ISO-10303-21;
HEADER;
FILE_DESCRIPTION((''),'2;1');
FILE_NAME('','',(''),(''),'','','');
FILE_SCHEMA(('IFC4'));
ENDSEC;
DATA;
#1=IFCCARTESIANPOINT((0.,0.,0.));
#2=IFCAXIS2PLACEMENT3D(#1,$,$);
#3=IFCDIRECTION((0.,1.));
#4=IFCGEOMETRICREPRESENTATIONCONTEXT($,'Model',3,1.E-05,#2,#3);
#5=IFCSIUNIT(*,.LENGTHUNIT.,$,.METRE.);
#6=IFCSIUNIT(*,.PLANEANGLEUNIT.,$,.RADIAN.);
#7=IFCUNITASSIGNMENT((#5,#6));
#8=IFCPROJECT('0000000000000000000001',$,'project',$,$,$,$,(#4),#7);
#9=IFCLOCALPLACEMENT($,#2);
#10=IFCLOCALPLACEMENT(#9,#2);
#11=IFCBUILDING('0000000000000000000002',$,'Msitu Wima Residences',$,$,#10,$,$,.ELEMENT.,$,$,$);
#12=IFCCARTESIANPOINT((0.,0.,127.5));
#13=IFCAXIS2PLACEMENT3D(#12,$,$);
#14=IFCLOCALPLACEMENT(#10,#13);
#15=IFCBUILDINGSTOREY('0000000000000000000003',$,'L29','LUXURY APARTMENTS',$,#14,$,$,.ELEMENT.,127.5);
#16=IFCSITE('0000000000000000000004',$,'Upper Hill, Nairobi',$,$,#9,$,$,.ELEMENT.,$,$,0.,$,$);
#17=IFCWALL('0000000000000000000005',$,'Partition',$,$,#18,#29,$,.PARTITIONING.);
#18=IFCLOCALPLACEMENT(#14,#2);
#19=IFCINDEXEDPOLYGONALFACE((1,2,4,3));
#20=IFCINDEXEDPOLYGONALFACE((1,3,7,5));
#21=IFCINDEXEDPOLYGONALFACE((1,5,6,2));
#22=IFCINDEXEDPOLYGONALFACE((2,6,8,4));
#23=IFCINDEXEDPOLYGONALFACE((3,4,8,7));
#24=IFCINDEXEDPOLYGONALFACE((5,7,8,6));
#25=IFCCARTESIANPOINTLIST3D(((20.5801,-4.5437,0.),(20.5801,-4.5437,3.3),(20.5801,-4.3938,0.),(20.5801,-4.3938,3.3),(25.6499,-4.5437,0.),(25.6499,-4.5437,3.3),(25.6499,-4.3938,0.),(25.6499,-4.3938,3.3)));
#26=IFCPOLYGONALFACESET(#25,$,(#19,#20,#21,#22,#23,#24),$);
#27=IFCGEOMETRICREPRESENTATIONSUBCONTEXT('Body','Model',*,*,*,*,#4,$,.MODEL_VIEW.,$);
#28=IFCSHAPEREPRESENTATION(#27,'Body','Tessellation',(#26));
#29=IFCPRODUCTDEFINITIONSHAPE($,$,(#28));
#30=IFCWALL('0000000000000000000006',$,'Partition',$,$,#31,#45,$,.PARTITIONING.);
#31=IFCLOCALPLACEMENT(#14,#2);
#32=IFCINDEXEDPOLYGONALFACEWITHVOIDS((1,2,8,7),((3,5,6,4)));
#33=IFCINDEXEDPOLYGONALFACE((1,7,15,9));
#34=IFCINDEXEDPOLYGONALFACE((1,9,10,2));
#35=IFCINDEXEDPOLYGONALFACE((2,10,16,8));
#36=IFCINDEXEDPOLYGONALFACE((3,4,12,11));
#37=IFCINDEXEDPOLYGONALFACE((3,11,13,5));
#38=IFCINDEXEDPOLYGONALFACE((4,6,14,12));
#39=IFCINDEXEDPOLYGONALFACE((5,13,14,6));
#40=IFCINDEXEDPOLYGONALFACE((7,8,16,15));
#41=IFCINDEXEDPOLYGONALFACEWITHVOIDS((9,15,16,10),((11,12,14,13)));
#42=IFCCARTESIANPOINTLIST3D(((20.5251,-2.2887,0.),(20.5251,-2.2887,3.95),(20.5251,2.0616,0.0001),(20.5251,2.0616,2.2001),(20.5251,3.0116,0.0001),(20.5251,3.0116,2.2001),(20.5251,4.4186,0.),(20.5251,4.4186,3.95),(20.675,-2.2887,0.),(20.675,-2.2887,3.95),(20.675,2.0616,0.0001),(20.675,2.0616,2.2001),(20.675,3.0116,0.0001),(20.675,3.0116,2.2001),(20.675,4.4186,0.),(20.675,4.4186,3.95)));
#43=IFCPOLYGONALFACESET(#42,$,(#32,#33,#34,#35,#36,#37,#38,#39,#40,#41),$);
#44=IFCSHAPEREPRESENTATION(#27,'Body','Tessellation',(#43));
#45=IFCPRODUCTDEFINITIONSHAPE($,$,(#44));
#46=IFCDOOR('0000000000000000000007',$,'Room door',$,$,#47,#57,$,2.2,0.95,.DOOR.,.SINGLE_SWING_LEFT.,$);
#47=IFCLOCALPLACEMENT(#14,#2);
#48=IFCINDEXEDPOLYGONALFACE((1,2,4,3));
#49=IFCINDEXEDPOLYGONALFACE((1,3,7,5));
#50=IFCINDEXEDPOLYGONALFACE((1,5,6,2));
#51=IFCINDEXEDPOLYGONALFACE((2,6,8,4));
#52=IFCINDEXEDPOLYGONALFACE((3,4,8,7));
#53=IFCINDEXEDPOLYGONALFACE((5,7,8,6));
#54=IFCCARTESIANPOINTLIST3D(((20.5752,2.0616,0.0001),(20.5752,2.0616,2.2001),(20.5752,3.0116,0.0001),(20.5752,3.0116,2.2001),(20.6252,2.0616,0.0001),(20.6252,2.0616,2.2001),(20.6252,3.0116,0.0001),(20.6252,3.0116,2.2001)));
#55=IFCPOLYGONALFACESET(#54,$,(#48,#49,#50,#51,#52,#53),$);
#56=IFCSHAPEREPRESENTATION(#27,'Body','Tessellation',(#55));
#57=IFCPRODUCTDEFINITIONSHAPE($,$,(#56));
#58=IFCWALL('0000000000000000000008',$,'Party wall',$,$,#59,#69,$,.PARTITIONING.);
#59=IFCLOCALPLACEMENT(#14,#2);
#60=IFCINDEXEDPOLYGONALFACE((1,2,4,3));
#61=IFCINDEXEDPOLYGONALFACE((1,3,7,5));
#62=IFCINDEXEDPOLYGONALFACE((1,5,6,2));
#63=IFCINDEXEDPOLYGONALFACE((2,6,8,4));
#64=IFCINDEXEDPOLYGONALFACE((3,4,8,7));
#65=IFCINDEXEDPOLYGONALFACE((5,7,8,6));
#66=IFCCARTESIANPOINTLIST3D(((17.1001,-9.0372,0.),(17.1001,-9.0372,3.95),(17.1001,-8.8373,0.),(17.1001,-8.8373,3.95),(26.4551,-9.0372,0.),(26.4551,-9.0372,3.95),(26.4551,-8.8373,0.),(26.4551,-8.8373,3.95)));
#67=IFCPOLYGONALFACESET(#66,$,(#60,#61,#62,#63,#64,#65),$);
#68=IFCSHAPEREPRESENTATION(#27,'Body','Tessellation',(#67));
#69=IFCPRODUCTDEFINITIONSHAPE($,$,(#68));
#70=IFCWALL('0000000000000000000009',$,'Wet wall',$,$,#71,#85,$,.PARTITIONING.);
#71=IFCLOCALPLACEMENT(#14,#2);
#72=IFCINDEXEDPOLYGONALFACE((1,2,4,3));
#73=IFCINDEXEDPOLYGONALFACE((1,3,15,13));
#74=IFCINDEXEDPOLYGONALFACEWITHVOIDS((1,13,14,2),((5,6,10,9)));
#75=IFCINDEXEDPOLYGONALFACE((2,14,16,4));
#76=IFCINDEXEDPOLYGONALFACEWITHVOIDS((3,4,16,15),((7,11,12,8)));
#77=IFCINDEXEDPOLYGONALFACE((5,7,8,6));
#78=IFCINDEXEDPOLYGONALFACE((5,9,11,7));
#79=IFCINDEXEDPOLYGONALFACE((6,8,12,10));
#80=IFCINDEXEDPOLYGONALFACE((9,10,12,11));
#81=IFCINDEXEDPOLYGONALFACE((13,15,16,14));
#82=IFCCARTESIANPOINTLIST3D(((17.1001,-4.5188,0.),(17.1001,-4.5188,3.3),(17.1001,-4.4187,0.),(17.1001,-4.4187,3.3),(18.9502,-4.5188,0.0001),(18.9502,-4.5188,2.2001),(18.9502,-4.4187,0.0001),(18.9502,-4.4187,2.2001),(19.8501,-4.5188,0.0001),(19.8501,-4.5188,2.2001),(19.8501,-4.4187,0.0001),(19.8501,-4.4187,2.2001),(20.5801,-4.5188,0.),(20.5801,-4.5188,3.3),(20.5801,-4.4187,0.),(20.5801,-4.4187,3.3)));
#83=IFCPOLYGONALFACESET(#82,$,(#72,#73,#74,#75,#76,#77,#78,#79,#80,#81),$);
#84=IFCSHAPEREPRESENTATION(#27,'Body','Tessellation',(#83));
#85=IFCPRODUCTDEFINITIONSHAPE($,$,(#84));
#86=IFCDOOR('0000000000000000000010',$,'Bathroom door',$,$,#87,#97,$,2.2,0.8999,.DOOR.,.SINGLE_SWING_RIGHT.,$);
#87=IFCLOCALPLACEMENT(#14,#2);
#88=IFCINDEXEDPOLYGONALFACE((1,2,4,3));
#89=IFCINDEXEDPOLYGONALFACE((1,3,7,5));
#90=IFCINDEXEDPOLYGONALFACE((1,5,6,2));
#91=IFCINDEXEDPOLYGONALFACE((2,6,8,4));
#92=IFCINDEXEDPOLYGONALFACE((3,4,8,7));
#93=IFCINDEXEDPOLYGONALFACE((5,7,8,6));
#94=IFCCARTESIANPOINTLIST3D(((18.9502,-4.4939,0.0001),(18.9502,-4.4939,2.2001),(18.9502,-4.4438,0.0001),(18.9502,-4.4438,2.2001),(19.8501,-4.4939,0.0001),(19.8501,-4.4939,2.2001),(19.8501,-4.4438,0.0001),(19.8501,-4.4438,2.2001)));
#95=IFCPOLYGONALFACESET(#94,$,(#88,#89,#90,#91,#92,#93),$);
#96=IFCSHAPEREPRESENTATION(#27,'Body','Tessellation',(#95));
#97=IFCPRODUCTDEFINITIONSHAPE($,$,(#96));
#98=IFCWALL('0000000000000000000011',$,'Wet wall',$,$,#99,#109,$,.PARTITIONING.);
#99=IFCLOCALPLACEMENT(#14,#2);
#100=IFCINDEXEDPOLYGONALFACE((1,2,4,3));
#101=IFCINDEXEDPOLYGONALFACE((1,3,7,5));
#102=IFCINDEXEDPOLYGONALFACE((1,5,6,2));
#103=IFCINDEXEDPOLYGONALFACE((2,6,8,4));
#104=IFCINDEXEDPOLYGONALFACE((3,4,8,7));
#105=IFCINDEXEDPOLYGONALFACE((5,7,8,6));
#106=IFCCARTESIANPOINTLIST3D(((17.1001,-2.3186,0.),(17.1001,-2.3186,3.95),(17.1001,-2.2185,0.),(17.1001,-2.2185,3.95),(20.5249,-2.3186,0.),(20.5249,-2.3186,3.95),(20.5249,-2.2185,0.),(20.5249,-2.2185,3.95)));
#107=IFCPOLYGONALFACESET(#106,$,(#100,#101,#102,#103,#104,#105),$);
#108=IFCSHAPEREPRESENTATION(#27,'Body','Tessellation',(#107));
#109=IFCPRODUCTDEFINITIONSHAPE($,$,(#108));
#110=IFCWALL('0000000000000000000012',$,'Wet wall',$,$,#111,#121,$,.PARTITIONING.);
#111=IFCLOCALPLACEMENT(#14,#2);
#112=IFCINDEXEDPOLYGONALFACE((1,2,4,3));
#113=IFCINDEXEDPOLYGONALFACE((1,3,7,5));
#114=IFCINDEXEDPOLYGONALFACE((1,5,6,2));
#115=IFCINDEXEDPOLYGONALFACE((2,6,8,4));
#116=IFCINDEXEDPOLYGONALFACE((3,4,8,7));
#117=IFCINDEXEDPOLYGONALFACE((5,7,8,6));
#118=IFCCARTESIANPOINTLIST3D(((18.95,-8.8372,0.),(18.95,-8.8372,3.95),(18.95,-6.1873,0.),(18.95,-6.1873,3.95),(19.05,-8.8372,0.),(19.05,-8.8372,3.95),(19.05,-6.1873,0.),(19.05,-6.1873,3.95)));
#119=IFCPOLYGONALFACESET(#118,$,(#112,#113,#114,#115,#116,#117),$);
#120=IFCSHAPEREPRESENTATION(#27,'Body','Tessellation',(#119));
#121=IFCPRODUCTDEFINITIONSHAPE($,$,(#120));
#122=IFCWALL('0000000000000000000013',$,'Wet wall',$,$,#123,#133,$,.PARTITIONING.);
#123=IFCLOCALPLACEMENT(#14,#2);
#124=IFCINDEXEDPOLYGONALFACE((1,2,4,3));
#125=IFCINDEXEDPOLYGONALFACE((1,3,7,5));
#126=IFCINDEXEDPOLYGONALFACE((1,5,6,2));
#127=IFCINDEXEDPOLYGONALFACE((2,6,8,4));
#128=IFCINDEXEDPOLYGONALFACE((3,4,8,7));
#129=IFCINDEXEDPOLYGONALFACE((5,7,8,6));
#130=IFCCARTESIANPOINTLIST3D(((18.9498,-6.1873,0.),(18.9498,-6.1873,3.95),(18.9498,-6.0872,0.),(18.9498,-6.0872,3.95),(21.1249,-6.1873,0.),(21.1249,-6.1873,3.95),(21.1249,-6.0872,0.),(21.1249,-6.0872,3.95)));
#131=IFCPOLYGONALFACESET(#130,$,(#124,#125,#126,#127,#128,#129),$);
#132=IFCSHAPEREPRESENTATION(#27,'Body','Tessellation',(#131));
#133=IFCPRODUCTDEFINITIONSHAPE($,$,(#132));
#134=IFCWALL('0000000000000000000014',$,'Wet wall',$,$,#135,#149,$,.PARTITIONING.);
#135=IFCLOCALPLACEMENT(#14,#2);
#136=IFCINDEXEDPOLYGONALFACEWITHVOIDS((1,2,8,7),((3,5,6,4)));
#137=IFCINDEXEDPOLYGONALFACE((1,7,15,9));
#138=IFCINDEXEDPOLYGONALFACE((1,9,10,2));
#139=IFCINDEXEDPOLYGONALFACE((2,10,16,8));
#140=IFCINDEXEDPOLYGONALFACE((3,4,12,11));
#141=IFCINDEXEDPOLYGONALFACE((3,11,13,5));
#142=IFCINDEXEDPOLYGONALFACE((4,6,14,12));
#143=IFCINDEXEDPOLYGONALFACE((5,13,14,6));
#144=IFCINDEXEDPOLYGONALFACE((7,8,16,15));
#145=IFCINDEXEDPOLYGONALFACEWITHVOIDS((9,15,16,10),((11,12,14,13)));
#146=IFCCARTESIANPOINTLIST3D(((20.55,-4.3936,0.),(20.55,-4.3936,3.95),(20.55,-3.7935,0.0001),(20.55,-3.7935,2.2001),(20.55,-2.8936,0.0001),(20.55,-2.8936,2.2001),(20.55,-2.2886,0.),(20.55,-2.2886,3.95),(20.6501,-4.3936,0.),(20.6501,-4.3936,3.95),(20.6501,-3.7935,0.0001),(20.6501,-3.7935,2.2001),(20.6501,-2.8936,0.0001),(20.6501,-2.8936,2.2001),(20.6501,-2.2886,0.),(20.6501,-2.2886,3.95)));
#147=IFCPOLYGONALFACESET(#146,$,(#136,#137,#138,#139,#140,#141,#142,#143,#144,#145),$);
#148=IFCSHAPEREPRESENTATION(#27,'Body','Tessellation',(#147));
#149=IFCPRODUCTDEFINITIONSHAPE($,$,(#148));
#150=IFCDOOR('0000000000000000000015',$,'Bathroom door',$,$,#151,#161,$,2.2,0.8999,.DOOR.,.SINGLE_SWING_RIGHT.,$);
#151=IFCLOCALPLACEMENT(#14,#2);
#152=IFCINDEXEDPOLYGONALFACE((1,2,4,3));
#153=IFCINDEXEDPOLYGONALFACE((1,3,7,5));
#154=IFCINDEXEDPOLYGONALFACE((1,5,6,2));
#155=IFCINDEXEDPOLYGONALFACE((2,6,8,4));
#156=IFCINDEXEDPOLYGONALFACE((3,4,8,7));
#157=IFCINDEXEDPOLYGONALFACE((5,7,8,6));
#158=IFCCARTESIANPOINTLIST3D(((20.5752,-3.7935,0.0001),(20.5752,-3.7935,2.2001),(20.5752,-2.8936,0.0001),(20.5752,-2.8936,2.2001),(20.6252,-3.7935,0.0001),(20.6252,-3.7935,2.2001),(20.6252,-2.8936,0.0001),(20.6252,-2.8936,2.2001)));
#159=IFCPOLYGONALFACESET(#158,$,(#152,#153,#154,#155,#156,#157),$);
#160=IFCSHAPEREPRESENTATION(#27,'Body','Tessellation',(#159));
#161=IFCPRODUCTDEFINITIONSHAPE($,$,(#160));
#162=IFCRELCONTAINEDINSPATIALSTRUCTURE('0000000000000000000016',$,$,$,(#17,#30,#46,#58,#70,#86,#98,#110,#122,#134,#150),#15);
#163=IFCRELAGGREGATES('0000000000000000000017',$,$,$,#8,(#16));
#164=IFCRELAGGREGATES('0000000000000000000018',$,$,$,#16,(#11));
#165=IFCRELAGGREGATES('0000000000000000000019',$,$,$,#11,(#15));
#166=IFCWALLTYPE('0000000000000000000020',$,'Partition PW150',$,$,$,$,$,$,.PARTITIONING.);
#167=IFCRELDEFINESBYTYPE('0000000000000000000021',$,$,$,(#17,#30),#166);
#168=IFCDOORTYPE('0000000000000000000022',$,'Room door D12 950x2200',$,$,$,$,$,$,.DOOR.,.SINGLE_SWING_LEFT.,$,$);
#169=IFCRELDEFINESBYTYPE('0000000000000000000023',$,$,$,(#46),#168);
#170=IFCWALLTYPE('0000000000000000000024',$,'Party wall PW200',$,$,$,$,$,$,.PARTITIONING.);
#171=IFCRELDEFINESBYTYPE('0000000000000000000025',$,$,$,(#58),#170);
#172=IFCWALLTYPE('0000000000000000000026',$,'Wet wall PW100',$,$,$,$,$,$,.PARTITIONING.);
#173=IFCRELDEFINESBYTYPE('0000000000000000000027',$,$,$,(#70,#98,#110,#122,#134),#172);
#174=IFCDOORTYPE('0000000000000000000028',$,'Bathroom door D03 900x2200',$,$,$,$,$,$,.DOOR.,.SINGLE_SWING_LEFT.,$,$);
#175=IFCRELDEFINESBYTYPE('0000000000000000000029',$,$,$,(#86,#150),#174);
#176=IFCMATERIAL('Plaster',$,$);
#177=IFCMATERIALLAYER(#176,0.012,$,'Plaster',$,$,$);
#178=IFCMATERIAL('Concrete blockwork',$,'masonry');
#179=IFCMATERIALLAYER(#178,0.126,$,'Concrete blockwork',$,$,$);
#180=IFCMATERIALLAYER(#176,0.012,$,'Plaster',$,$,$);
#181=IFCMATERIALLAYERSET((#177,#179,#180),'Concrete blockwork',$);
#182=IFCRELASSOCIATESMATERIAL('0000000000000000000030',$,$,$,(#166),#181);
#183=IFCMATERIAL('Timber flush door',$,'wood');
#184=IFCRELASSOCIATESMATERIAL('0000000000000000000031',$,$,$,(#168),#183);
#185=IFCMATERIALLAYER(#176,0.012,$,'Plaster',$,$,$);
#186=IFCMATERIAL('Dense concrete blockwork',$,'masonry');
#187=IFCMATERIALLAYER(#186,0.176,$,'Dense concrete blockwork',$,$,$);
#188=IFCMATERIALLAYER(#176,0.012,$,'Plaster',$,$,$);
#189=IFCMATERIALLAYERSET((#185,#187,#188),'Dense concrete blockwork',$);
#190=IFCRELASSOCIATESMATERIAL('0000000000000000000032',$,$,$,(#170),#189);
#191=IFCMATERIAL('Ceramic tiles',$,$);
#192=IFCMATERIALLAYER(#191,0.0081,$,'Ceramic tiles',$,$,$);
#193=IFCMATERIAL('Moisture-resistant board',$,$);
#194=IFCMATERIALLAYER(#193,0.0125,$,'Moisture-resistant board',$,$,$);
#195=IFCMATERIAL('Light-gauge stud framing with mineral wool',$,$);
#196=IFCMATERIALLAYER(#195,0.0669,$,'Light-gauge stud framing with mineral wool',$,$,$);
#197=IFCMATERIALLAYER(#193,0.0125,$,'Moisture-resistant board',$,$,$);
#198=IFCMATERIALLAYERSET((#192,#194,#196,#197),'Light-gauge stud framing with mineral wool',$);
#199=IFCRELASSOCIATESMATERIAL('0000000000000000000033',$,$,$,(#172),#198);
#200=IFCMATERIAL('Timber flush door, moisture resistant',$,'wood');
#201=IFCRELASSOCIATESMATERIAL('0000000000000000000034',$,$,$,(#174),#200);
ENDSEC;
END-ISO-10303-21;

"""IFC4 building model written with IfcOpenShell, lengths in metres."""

from ifc_helpers import new_model, si_unit, direction, frame, frame_2d, origin, place, context, subcontext, project, spatial, rectangle, extrude, material, layer, layer_set, type_object, element, fill, save


model = new_model("IFC4")

# Units and contexts
model_context = context("Model", 3, precision=1e-05, world=origin(), true_north=direction((0.0, 1.0)))
body_context = subcontext(model_context, "Body", "Model", "MODEL_VIEW")
ifc_project = project(units=[si_unit("LENGTHUNIT", "METRE"), si_unit("PLANEANGLEUNIT", "RADIAN")], contexts=[model_context])

# Site, building, storey
site_placement = place(None, origin())
site = spatial("IfcSite", under=ifc_project, at=site_placement, Name="Upper Hill, Nairobi", CompositionType="ELEMENT", RefElevation=0.0)
building_placement = place(site_placement, origin())
building = spatial("IfcBuilding", under=site, at=building_placement, Name="Msitu Wima Residences", CompositionType="ELEMENT")
storey_placement = place(building_placement, frame((0.0, 0.0, 127.5)))
storey = spatial("IfcBuildingStorey", under=building, at=storey_placement, Name="L29", Description="LUXURY APARTMENTS", CompositionType="ELEMENT", Elevation=127.5)

# Wall
ifc_material_1 = material(Name="Plaster")
ifc_layer_1 = layer(ifc_material_1, 0.012, Name="Plaster")
ifc_material_2 = material(Name="Concrete blockwork", Category="masonry")
ifc_layer_2 = layer(ifc_material_2, 0.126, Name="Concrete blockwork")
ifc_layer_3 = layer(ifc_material_1, 0.012, Name="Plaster")
ifc_layer_set_1 = layer_set([ifc_layer_1, ifc_layer_2, ifc_layer_3], Name="Concrete blockwork")
wall_type_1 = type_object("IfcWallType", Name="Partition PW150", PredefinedType="PARTITIONING", material=ifc_layer_set_1)
wall_1_placement = place(storey_placement, frame((20.5801, -4.4688, 0.0), z_axis=(0.0, 0.0, 1.0), x_axis=(1.0, 0.0, 0.0)))
element("IfcWall", 1, at=wall_1_placement, inside=storey, type_object=wall_type_1, Name="Partition", PredefinedType="PARTITIONING", context=body_context, shape_type="SweptSolid", body=[
    extrude(rectangle(XDim=5.0698, YDim=0.1499, at=frame_2d((2.5349, 0.0))), origin(), (0.0, 0.0, 1.0), 3.3),
])

# Wall, opening, door
wall_2_placement = place(storey_placement, frame((20.6001, -2.2886, 0.0), z_axis=(0.0, 0.0, 1.0), x_axis=(0.0, 1.0, 0.0)))
wall_2 = element("IfcWall", 2, at=wall_2_placement, inside=storey, type_object=wall_type_1, Name="Partition", PredefinedType="PARTITIONING", context=body_context, shape_type="SweptSolid", body=[
    extrude(rectangle(XDim=6.7073, YDim=0.1499, at=frame_2d((3.3535, 0.0))), origin(), (0.0, 0.0, 1.0), 3.95),
])
opening_1_placement = place(wall_2_placement, frame((4.3501, 0.0, 0.0)))
opening_1 = element("IfcOpeningElement", 3, at=opening_1_placement, cuts=wall_2, PredefinedType="OPENING", context=body_context, shape_type="SweptSolid", body=[
    extrude(rectangle(XDim=0.95, YDim=2.2, at=frame_2d((0.4751, 1.1001))), frame((0.0, 0.085, 0.0), z_axis=(0.0, -1.0, 0.0), x_axis=(1.0, 0.0, 0.0)), (0.0, 0.0, 1.0), 0.1699),
])
ifc_material_3 = material(Name="Timber flush door", Category="wood")
door_type_1 = type_object("IfcDoorType", Name="Room door D12 950x2200", OperationType="SINGLE_SWING_LEFT", PredefinedType="DOOR", material=ifc_material_3)
door_1_placement = place(opening_1_placement, origin())
door_1 = element("IfcDoor", 4, at=door_1_placement, inside=storey, type_object=door_type_1, Name="Room door", OperationType="SINGLE_SWING_LEFT", OverallHeight=2.2, OverallWidth=0.95, PredefinedType="DOOR", context=body_context, shape_type="SweptSolid", body=[
    extrude(rectangle(XDim=0.95, YDim=2.2, at=frame_2d((0.4751, 1.1001))), frame((0.0, 0.0249, 0.0), z_axis=(0.0, -1.0, 0.0), x_axis=(1.0, 0.0, 0.0)), (0.0, 0.0, 1.0), 0.05),
])
fill(opening_1, door_1)

# Wall
ifc_layer_4 = layer(ifc_material_1, 0.012, Name="Plaster")
ifc_material_4 = material(Name="Dense concrete blockwork", Category="masonry")
ifc_layer_5 = layer(ifc_material_4, 0.176, Name="Dense concrete blockwork")
ifc_layer_6 = layer(ifc_material_1, 0.012, Name="Plaster")
ifc_layer_set_2 = layer_set([ifc_layer_4, ifc_layer_5, ifc_layer_6], Name="Dense concrete blockwork")
wall_type_2 = type_object("IfcWallType", Name="Party wall PW200", PredefinedType="PARTITIONING", material=ifc_layer_set_2)
wall_3_placement = place(storey_placement, frame((17.1001, -8.9373, 0.0), z_axis=(0.0, 0.0, 1.0), x_axis=(1.0, 0.0, 0.0)))
element("IfcWall", 5, at=wall_3_placement, inside=storey, type_object=wall_type_2, Name="Party wall", PredefinedType="PARTITIONING", context=body_context, shape_type="SweptSolid", body=[
    extrude(rectangle(XDim=9.355, YDim=0.2, at=frame_2d((4.6775, 0.0))), origin(), (0.0, 0.0, 1.0), 3.95),
])

# Wall, opening, door
ifc_material_5 = material(Name="Ceramic tiles")
ifc_layer_7 = layer(ifc_material_5, 0.0081, Name="Ceramic tiles")
ifc_material_6 = material(Name="Moisture-resistant board")
ifc_layer_8 = layer(ifc_material_6, 0.0125, Name="Moisture-resistant board")
ifc_material_7 = material(Name="Light-gauge stud framing with mineral wool")
ifc_layer_9 = layer(ifc_material_7, 0.0669, Name="Light-gauge stud framing with mineral wool")
ifc_layer_10 = layer(ifc_material_6, 0.0125, Name="Moisture-resistant board")
ifc_layer_set_3 = layer_set([ifc_layer_7, ifc_layer_8, ifc_layer_9, ifc_layer_10], Name="Light-gauge stud framing with mineral wool")
wall_type_3 = type_object("IfcWallType", Name="Wet wall PW100", PredefinedType="PARTITIONING", material=ifc_layer_set_3)
wall_4_placement = place(storey_placement, frame((17.1001, -4.4688, 0.0), z_axis=(0.0, 0.0, 1.0), x_axis=(1.0, 0.0, 0.0)))
wall_4 = element("IfcWall", 6, at=wall_4_placement, inside=storey, type_object=wall_type_3, Name="Wet wall", PredefinedType="PARTITIONING", context=body_context, shape_type="SweptSolid", body=[
    extrude(rectangle(XDim=3.48, YDim=0.1001, at=frame_2d((1.74, 0.0))), origin(), (0.0, 0.0, 1.0), 3.3),
])
opening_2_placement = place(wall_4_placement, frame((1.8501, 0.0, 0.0)))
opening_2 = element("IfcOpeningElement", 7, at=opening_2_placement, cuts=wall_4, PredefinedType="OPENING", context=body_context, shape_type="SweptSolid", body=[
    extrude(rectangle(XDim=0.8999, YDim=2.2, at=frame_2d((0.45, 1.1001))), frame((0.0, 0.0601, 0.0), z_axis=(0.0, -1.0, 0.0), x_axis=(1.0, 0.0, 0.0)), (0.0, 0.0, 1.0), 0.1201),
])
ifc_material_8 = material(Name="Timber flush door, moisture resistant", Category="wood")
door_type_2 = type_object("IfcDoorType", Name="Bathroom door D03 900x2200", OperationType="SINGLE_SWING_LEFT", PredefinedType="DOOR", material=ifc_material_8)
door_2_placement = place(opening_2_placement, origin())
door_2 = element("IfcDoor", 8, at=door_2_placement, inside=storey, type_object=door_type_2, Name="Bathroom door", OperationType="SINGLE_SWING_RIGHT", OverallHeight=2.2, OverallWidth=0.8999, PredefinedType="DOOR", context=body_context, shape_type="SweptSolid", body=[
    extrude(rectangle(XDim=0.8999, YDim=2.2, at=frame_2d((0.45, 1.1001))), frame((0.0, 0.0249, 0.0), z_axis=(0.0, -1.0, 0.0), x_axis=(1.0, 0.0, 0.0)), (0.0, 0.0, 1.0), 0.05),
])
fill(opening_2, door_2)

# Walls
wall_5_placement = place(storey_placement, frame((17.1001, -2.2686, 0.0), z_axis=(0.0, 0.0, 1.0), x_axis=(1.0, 0.0, 0.0)))
element("IfcWall", 9, at=wall_5_placement, inside=storey, type_object=wall_type_3, Name="Wet wall", PredefinedType="PARTITIONING", context=body_context, shape_type="SweptSolid", body=[
    extrude(rectangle(XDim=3.4248, YDim=0.1001, at=frame_2d((1.7124, 0.0))), origin(), (0.0, 0.0, 1.0), 3.95),
])
wall_6_placement = place(storey_placement, frame((19.0, -8.8372, 0.0), z_axis=(0.0, 0.0, 1.0), x_axis=(0.0, 1.0, 0.0)))
element("IfcWall", 10, at=wall_6_placement, inside=storey, type_object=wall_type_3, Name="Wet wall", PredefinedType="PARTITIONING", context=body_context, shape_type="SweptSolid", body=[
    extrude(rectangle(XDim=2.6499, YDim=0.1001, at=frame_2d((1.325, 0.0))), origin(), (0.0, 0.0, 1.0), 3.95),
])
wall_7_placement = place(storey_placement, frame((18.95, -6.1372, 0.0), z_axis=(0.0, 0.0, 1.0), x_axis=(1.0, 0.0, 0.0)))
element("IfcWall", 11, at=wall_7_placement, inside=storey, type_object=wall_type_3, Name="Wet wall", PredefinedType="PARTITIONING", context=body_context, shape_type="SweptSolid", body=[
    extrude(rectangle(XDim=2.175, YDim=0.1001, at=frame_2d((1.0874, 0.0))), origin(), (0.0, 0.0, 1.0), 3.95),
])

# Wall, opening, door
wall_8_placement = place(storey_placement, frame((20.6001, -4.3936, 0.0), z_axis=(0.0, 0.0, 1.0), x_axis=(0.0, 1.0, 0.0)))
wall_8 = element("IfcWall", 12, at=wall_8_placement, inside=storey, type_object=wall_type_3, Name="Wet wall", PredefinedType="PARTITIONING", context=body_context, shape_type="SweptSolid", body=[
    extrude(rectangle(XDim=2.105, YDim=0.1001, at=frame_2d((1.0525, 0.0))), origin(), (0.0, 0.0, 1.0), 3.95),
])
opening_3_placement = place(wall_8_placement, frame((0.6001, 0.0, 0.0)))
opening_3 = element("IfcOpeningElement", 13, at=opening_3_placement, cuts=wall_8, PredefinedType="OPENING", context=body_context, shape_type="SweptSolid", body=[
    extrude(rectangle(XDim=0.8999, YDim=2.2, at=frame_2d((0.45, 1.1001))), frame((0.0, 0.0601, 0.0), z_axis=(0.0, -1.0, 0.0), x_axis=(1.0, 0.0, 0.0)), (0.0, 0.0, 1.0), 0.1201),
])
door_3_placement = place(opening_3_placement, origin())
door_3 = element("IfcDoor", 14, at=door_3_placement, inside=storey, type_object=door_type_2, Name="Bathroom door", OperationType="SINGLE_SWING_RIGHT", OverallHeight=2.2, OverallWidth=0.8999, PredefinedType="DOOR", context=body_context, shape_type="SweptSolid", body=[
    extrude(rectangle(XDim=0.8999, YDim=2.2, at=frame_2d((0.45, 1.1001))), frame((0.0, 0.0249, 0.0), z_axis=(0.0, -1.0, 0.0), x_axis=(1.0, 0.0, 0.0)), (0.0, 0.0, 1.0), 0.05),
])
fill(opening_3, door_3)

save(model, "model.ifc")
